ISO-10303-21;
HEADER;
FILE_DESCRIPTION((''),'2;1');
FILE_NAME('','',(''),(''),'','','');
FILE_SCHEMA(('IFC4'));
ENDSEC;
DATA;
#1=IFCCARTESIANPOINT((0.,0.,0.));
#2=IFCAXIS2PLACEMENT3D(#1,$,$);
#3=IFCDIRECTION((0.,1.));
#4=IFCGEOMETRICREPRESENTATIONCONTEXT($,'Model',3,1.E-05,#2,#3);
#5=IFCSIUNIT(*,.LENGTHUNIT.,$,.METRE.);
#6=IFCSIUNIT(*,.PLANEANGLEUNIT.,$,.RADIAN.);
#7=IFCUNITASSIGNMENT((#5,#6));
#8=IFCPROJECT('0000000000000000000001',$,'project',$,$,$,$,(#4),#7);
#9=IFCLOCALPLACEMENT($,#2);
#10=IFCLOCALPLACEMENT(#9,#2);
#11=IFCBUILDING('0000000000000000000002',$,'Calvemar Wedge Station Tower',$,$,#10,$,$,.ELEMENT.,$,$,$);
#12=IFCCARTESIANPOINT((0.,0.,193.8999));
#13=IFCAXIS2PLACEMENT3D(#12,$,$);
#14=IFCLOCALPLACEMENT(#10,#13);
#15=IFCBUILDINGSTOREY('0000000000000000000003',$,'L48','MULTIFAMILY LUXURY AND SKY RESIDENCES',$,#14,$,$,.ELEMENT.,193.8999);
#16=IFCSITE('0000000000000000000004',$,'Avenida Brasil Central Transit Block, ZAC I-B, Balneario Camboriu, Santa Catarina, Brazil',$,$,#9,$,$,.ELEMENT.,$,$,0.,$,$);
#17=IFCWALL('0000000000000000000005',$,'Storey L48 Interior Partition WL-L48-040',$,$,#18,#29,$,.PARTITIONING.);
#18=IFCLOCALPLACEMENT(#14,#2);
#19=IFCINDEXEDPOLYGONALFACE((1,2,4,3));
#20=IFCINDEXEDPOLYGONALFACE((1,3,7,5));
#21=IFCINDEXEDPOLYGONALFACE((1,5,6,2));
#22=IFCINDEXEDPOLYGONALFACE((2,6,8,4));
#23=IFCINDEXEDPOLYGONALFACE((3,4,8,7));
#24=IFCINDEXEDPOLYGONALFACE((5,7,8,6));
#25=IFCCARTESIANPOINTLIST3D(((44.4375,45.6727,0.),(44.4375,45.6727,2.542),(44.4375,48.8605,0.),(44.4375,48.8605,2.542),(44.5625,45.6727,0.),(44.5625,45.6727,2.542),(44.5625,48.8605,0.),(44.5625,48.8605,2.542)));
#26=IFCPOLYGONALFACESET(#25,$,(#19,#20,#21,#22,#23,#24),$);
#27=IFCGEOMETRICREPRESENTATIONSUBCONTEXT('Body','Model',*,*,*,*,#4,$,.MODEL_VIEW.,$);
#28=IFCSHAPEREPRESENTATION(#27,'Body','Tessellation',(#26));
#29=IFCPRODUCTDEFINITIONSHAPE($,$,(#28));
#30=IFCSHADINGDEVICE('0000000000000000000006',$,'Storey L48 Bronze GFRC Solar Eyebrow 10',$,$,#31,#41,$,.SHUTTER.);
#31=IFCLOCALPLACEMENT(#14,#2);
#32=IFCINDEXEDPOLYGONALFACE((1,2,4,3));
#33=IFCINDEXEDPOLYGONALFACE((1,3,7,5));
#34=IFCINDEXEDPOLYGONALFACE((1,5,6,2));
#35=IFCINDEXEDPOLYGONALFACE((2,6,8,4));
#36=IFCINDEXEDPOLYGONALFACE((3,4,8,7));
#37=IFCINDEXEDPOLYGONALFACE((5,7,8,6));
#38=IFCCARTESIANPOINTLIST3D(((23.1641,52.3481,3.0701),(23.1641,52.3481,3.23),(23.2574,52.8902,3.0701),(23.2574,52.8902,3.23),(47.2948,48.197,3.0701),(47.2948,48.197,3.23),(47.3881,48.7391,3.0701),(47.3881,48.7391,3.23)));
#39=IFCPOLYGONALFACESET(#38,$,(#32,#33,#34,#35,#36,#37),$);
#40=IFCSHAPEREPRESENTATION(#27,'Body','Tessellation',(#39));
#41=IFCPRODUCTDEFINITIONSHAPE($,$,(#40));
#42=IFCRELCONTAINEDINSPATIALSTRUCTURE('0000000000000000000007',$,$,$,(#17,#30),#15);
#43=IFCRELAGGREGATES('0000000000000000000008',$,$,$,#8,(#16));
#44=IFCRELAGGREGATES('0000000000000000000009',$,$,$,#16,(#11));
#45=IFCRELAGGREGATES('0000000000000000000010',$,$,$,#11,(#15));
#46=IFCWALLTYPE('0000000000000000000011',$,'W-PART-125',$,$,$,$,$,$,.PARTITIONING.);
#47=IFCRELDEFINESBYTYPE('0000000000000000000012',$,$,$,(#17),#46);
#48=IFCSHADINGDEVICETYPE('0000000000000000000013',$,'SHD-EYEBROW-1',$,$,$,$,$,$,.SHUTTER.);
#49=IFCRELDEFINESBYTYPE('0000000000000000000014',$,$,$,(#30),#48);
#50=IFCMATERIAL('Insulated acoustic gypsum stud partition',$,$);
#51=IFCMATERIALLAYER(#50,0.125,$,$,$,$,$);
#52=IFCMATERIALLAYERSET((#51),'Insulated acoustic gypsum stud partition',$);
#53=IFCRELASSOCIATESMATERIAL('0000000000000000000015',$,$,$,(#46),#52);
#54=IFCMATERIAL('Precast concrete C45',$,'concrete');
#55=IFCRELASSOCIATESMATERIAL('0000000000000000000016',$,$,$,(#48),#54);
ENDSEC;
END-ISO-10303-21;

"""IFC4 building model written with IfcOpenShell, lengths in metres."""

from ifc_helpers import new_model, si_unit, direction, frame, frame_2d, origin, place, context, subcontext, project, spatial, rectangle, extrude, material, layer, layer_set, type_object, element, save


model = new_model("IFC4")

# Units and contexts
model_context = context("Model", 3, precision=1e-05, world=origin(), true_north=direction((0.0, 1.0)))
body_context = subcontext(model_context, "Body", "Model", "MODEL_VIEW")
ifc_project = project(units=[si_unit("LENGTHUNIT", "METRE"), si_unit("PLANEANGLEUNIT", "RADIAN")], contexts=[model_context])

# Site, building, storey
site_placement = place(None, origin())
site = spatial("IfcSite", under=ifc_project, at=site_placement, Name="Avenida Brasil Central Transit Block, ZAC I-B, Balneario Camboriu, Santa Catarina, Brazil", CompositionType="ELEMENT", RefElevation=0.0)
building_placement = place(site_placement, origin())
building = spatial("IfcBuilding", under=site, at=building_placement, Name="Calvemar Wedge Station Tower", CompositionType="ELEMENT")
storey_placement = place(building_placement, frame((0.0, 0.0, 193.8999)))
storey = spatial("IfcBuildingStorey", under=building, at=storey_placement, Name="L48", Description="MULTIFAMILY LUXURY AND SKY RESIDENCES", CompositionType="ELEMENT", Elevation=193.8999)

# Wall
ifc_material_1 = material(Name="Precast concrete C45", Category="concrete")
ifc_material_2 = material(Name="Insulated acoustic gypsum stud partition")
ifc_layer_1 = layer(ifc_material_2, 0.125)
ifc_layer_set_1 = layer_set([ifc_layer_1], Name="Insulated acoustic gypsum stud partition")
wall_type_1 = type_object("IfcWallType", Name="W-PART-125", PredefinedType="PARTITIONING", material=ifc_layer_set_1)
wall_1_placement = place(storey_placement, frame((44.5, 48.8604, 0.0), z_axis=(0.0, 0.0, 1.0), x_axis=(0.0, -1.0, 0.0)))
element("IfcWall", 1, at=wall_1_placement, inside=storey, type_object=wall_type_1, Name="Storey L48 Interior Partition WL-L48-040", PredefinedType="PARTITIONING", context=body_context, shape_type="SweptSolid", body=[
    extrude(rectangle(XDim=3.1877, YDim=0.125, at=frame_2d((1.5938, 0.0))), origin(), (0.0, 0.0, 1.0), 2.542),
])

# Shading device
shading_device_type = type_object("IfcShadingDeviceType", Name="SHD-EYEBROW-1", PredefinedType="SHUTTER", material=ifc_material_1)
shading_device_placement = place(storey_placement, frame((47.3416, 48.468, 3.0701), z_axis=(0.0, 0.0, 1.0), x_axis=(-0.985524, 0.169537, 0.0)))
element("IfcShadingDevice", 2, at=shading_device_placement, inside=storey, type_object=shading_device_type, Name="Storey L48 Bronze GFRC Solar Eyebrow 10", PredefinedType="SHUTTER", context=body_context, shape_type="SweptSolid", body=[
    extrude(rectangle(XDim=24.4851, YDim=0.55, at=frame_2d((12.2427, 0.0))), origin(), (0.0, 0.0, 1.0), 0.1599),
])

save(model, "model.ifc")
